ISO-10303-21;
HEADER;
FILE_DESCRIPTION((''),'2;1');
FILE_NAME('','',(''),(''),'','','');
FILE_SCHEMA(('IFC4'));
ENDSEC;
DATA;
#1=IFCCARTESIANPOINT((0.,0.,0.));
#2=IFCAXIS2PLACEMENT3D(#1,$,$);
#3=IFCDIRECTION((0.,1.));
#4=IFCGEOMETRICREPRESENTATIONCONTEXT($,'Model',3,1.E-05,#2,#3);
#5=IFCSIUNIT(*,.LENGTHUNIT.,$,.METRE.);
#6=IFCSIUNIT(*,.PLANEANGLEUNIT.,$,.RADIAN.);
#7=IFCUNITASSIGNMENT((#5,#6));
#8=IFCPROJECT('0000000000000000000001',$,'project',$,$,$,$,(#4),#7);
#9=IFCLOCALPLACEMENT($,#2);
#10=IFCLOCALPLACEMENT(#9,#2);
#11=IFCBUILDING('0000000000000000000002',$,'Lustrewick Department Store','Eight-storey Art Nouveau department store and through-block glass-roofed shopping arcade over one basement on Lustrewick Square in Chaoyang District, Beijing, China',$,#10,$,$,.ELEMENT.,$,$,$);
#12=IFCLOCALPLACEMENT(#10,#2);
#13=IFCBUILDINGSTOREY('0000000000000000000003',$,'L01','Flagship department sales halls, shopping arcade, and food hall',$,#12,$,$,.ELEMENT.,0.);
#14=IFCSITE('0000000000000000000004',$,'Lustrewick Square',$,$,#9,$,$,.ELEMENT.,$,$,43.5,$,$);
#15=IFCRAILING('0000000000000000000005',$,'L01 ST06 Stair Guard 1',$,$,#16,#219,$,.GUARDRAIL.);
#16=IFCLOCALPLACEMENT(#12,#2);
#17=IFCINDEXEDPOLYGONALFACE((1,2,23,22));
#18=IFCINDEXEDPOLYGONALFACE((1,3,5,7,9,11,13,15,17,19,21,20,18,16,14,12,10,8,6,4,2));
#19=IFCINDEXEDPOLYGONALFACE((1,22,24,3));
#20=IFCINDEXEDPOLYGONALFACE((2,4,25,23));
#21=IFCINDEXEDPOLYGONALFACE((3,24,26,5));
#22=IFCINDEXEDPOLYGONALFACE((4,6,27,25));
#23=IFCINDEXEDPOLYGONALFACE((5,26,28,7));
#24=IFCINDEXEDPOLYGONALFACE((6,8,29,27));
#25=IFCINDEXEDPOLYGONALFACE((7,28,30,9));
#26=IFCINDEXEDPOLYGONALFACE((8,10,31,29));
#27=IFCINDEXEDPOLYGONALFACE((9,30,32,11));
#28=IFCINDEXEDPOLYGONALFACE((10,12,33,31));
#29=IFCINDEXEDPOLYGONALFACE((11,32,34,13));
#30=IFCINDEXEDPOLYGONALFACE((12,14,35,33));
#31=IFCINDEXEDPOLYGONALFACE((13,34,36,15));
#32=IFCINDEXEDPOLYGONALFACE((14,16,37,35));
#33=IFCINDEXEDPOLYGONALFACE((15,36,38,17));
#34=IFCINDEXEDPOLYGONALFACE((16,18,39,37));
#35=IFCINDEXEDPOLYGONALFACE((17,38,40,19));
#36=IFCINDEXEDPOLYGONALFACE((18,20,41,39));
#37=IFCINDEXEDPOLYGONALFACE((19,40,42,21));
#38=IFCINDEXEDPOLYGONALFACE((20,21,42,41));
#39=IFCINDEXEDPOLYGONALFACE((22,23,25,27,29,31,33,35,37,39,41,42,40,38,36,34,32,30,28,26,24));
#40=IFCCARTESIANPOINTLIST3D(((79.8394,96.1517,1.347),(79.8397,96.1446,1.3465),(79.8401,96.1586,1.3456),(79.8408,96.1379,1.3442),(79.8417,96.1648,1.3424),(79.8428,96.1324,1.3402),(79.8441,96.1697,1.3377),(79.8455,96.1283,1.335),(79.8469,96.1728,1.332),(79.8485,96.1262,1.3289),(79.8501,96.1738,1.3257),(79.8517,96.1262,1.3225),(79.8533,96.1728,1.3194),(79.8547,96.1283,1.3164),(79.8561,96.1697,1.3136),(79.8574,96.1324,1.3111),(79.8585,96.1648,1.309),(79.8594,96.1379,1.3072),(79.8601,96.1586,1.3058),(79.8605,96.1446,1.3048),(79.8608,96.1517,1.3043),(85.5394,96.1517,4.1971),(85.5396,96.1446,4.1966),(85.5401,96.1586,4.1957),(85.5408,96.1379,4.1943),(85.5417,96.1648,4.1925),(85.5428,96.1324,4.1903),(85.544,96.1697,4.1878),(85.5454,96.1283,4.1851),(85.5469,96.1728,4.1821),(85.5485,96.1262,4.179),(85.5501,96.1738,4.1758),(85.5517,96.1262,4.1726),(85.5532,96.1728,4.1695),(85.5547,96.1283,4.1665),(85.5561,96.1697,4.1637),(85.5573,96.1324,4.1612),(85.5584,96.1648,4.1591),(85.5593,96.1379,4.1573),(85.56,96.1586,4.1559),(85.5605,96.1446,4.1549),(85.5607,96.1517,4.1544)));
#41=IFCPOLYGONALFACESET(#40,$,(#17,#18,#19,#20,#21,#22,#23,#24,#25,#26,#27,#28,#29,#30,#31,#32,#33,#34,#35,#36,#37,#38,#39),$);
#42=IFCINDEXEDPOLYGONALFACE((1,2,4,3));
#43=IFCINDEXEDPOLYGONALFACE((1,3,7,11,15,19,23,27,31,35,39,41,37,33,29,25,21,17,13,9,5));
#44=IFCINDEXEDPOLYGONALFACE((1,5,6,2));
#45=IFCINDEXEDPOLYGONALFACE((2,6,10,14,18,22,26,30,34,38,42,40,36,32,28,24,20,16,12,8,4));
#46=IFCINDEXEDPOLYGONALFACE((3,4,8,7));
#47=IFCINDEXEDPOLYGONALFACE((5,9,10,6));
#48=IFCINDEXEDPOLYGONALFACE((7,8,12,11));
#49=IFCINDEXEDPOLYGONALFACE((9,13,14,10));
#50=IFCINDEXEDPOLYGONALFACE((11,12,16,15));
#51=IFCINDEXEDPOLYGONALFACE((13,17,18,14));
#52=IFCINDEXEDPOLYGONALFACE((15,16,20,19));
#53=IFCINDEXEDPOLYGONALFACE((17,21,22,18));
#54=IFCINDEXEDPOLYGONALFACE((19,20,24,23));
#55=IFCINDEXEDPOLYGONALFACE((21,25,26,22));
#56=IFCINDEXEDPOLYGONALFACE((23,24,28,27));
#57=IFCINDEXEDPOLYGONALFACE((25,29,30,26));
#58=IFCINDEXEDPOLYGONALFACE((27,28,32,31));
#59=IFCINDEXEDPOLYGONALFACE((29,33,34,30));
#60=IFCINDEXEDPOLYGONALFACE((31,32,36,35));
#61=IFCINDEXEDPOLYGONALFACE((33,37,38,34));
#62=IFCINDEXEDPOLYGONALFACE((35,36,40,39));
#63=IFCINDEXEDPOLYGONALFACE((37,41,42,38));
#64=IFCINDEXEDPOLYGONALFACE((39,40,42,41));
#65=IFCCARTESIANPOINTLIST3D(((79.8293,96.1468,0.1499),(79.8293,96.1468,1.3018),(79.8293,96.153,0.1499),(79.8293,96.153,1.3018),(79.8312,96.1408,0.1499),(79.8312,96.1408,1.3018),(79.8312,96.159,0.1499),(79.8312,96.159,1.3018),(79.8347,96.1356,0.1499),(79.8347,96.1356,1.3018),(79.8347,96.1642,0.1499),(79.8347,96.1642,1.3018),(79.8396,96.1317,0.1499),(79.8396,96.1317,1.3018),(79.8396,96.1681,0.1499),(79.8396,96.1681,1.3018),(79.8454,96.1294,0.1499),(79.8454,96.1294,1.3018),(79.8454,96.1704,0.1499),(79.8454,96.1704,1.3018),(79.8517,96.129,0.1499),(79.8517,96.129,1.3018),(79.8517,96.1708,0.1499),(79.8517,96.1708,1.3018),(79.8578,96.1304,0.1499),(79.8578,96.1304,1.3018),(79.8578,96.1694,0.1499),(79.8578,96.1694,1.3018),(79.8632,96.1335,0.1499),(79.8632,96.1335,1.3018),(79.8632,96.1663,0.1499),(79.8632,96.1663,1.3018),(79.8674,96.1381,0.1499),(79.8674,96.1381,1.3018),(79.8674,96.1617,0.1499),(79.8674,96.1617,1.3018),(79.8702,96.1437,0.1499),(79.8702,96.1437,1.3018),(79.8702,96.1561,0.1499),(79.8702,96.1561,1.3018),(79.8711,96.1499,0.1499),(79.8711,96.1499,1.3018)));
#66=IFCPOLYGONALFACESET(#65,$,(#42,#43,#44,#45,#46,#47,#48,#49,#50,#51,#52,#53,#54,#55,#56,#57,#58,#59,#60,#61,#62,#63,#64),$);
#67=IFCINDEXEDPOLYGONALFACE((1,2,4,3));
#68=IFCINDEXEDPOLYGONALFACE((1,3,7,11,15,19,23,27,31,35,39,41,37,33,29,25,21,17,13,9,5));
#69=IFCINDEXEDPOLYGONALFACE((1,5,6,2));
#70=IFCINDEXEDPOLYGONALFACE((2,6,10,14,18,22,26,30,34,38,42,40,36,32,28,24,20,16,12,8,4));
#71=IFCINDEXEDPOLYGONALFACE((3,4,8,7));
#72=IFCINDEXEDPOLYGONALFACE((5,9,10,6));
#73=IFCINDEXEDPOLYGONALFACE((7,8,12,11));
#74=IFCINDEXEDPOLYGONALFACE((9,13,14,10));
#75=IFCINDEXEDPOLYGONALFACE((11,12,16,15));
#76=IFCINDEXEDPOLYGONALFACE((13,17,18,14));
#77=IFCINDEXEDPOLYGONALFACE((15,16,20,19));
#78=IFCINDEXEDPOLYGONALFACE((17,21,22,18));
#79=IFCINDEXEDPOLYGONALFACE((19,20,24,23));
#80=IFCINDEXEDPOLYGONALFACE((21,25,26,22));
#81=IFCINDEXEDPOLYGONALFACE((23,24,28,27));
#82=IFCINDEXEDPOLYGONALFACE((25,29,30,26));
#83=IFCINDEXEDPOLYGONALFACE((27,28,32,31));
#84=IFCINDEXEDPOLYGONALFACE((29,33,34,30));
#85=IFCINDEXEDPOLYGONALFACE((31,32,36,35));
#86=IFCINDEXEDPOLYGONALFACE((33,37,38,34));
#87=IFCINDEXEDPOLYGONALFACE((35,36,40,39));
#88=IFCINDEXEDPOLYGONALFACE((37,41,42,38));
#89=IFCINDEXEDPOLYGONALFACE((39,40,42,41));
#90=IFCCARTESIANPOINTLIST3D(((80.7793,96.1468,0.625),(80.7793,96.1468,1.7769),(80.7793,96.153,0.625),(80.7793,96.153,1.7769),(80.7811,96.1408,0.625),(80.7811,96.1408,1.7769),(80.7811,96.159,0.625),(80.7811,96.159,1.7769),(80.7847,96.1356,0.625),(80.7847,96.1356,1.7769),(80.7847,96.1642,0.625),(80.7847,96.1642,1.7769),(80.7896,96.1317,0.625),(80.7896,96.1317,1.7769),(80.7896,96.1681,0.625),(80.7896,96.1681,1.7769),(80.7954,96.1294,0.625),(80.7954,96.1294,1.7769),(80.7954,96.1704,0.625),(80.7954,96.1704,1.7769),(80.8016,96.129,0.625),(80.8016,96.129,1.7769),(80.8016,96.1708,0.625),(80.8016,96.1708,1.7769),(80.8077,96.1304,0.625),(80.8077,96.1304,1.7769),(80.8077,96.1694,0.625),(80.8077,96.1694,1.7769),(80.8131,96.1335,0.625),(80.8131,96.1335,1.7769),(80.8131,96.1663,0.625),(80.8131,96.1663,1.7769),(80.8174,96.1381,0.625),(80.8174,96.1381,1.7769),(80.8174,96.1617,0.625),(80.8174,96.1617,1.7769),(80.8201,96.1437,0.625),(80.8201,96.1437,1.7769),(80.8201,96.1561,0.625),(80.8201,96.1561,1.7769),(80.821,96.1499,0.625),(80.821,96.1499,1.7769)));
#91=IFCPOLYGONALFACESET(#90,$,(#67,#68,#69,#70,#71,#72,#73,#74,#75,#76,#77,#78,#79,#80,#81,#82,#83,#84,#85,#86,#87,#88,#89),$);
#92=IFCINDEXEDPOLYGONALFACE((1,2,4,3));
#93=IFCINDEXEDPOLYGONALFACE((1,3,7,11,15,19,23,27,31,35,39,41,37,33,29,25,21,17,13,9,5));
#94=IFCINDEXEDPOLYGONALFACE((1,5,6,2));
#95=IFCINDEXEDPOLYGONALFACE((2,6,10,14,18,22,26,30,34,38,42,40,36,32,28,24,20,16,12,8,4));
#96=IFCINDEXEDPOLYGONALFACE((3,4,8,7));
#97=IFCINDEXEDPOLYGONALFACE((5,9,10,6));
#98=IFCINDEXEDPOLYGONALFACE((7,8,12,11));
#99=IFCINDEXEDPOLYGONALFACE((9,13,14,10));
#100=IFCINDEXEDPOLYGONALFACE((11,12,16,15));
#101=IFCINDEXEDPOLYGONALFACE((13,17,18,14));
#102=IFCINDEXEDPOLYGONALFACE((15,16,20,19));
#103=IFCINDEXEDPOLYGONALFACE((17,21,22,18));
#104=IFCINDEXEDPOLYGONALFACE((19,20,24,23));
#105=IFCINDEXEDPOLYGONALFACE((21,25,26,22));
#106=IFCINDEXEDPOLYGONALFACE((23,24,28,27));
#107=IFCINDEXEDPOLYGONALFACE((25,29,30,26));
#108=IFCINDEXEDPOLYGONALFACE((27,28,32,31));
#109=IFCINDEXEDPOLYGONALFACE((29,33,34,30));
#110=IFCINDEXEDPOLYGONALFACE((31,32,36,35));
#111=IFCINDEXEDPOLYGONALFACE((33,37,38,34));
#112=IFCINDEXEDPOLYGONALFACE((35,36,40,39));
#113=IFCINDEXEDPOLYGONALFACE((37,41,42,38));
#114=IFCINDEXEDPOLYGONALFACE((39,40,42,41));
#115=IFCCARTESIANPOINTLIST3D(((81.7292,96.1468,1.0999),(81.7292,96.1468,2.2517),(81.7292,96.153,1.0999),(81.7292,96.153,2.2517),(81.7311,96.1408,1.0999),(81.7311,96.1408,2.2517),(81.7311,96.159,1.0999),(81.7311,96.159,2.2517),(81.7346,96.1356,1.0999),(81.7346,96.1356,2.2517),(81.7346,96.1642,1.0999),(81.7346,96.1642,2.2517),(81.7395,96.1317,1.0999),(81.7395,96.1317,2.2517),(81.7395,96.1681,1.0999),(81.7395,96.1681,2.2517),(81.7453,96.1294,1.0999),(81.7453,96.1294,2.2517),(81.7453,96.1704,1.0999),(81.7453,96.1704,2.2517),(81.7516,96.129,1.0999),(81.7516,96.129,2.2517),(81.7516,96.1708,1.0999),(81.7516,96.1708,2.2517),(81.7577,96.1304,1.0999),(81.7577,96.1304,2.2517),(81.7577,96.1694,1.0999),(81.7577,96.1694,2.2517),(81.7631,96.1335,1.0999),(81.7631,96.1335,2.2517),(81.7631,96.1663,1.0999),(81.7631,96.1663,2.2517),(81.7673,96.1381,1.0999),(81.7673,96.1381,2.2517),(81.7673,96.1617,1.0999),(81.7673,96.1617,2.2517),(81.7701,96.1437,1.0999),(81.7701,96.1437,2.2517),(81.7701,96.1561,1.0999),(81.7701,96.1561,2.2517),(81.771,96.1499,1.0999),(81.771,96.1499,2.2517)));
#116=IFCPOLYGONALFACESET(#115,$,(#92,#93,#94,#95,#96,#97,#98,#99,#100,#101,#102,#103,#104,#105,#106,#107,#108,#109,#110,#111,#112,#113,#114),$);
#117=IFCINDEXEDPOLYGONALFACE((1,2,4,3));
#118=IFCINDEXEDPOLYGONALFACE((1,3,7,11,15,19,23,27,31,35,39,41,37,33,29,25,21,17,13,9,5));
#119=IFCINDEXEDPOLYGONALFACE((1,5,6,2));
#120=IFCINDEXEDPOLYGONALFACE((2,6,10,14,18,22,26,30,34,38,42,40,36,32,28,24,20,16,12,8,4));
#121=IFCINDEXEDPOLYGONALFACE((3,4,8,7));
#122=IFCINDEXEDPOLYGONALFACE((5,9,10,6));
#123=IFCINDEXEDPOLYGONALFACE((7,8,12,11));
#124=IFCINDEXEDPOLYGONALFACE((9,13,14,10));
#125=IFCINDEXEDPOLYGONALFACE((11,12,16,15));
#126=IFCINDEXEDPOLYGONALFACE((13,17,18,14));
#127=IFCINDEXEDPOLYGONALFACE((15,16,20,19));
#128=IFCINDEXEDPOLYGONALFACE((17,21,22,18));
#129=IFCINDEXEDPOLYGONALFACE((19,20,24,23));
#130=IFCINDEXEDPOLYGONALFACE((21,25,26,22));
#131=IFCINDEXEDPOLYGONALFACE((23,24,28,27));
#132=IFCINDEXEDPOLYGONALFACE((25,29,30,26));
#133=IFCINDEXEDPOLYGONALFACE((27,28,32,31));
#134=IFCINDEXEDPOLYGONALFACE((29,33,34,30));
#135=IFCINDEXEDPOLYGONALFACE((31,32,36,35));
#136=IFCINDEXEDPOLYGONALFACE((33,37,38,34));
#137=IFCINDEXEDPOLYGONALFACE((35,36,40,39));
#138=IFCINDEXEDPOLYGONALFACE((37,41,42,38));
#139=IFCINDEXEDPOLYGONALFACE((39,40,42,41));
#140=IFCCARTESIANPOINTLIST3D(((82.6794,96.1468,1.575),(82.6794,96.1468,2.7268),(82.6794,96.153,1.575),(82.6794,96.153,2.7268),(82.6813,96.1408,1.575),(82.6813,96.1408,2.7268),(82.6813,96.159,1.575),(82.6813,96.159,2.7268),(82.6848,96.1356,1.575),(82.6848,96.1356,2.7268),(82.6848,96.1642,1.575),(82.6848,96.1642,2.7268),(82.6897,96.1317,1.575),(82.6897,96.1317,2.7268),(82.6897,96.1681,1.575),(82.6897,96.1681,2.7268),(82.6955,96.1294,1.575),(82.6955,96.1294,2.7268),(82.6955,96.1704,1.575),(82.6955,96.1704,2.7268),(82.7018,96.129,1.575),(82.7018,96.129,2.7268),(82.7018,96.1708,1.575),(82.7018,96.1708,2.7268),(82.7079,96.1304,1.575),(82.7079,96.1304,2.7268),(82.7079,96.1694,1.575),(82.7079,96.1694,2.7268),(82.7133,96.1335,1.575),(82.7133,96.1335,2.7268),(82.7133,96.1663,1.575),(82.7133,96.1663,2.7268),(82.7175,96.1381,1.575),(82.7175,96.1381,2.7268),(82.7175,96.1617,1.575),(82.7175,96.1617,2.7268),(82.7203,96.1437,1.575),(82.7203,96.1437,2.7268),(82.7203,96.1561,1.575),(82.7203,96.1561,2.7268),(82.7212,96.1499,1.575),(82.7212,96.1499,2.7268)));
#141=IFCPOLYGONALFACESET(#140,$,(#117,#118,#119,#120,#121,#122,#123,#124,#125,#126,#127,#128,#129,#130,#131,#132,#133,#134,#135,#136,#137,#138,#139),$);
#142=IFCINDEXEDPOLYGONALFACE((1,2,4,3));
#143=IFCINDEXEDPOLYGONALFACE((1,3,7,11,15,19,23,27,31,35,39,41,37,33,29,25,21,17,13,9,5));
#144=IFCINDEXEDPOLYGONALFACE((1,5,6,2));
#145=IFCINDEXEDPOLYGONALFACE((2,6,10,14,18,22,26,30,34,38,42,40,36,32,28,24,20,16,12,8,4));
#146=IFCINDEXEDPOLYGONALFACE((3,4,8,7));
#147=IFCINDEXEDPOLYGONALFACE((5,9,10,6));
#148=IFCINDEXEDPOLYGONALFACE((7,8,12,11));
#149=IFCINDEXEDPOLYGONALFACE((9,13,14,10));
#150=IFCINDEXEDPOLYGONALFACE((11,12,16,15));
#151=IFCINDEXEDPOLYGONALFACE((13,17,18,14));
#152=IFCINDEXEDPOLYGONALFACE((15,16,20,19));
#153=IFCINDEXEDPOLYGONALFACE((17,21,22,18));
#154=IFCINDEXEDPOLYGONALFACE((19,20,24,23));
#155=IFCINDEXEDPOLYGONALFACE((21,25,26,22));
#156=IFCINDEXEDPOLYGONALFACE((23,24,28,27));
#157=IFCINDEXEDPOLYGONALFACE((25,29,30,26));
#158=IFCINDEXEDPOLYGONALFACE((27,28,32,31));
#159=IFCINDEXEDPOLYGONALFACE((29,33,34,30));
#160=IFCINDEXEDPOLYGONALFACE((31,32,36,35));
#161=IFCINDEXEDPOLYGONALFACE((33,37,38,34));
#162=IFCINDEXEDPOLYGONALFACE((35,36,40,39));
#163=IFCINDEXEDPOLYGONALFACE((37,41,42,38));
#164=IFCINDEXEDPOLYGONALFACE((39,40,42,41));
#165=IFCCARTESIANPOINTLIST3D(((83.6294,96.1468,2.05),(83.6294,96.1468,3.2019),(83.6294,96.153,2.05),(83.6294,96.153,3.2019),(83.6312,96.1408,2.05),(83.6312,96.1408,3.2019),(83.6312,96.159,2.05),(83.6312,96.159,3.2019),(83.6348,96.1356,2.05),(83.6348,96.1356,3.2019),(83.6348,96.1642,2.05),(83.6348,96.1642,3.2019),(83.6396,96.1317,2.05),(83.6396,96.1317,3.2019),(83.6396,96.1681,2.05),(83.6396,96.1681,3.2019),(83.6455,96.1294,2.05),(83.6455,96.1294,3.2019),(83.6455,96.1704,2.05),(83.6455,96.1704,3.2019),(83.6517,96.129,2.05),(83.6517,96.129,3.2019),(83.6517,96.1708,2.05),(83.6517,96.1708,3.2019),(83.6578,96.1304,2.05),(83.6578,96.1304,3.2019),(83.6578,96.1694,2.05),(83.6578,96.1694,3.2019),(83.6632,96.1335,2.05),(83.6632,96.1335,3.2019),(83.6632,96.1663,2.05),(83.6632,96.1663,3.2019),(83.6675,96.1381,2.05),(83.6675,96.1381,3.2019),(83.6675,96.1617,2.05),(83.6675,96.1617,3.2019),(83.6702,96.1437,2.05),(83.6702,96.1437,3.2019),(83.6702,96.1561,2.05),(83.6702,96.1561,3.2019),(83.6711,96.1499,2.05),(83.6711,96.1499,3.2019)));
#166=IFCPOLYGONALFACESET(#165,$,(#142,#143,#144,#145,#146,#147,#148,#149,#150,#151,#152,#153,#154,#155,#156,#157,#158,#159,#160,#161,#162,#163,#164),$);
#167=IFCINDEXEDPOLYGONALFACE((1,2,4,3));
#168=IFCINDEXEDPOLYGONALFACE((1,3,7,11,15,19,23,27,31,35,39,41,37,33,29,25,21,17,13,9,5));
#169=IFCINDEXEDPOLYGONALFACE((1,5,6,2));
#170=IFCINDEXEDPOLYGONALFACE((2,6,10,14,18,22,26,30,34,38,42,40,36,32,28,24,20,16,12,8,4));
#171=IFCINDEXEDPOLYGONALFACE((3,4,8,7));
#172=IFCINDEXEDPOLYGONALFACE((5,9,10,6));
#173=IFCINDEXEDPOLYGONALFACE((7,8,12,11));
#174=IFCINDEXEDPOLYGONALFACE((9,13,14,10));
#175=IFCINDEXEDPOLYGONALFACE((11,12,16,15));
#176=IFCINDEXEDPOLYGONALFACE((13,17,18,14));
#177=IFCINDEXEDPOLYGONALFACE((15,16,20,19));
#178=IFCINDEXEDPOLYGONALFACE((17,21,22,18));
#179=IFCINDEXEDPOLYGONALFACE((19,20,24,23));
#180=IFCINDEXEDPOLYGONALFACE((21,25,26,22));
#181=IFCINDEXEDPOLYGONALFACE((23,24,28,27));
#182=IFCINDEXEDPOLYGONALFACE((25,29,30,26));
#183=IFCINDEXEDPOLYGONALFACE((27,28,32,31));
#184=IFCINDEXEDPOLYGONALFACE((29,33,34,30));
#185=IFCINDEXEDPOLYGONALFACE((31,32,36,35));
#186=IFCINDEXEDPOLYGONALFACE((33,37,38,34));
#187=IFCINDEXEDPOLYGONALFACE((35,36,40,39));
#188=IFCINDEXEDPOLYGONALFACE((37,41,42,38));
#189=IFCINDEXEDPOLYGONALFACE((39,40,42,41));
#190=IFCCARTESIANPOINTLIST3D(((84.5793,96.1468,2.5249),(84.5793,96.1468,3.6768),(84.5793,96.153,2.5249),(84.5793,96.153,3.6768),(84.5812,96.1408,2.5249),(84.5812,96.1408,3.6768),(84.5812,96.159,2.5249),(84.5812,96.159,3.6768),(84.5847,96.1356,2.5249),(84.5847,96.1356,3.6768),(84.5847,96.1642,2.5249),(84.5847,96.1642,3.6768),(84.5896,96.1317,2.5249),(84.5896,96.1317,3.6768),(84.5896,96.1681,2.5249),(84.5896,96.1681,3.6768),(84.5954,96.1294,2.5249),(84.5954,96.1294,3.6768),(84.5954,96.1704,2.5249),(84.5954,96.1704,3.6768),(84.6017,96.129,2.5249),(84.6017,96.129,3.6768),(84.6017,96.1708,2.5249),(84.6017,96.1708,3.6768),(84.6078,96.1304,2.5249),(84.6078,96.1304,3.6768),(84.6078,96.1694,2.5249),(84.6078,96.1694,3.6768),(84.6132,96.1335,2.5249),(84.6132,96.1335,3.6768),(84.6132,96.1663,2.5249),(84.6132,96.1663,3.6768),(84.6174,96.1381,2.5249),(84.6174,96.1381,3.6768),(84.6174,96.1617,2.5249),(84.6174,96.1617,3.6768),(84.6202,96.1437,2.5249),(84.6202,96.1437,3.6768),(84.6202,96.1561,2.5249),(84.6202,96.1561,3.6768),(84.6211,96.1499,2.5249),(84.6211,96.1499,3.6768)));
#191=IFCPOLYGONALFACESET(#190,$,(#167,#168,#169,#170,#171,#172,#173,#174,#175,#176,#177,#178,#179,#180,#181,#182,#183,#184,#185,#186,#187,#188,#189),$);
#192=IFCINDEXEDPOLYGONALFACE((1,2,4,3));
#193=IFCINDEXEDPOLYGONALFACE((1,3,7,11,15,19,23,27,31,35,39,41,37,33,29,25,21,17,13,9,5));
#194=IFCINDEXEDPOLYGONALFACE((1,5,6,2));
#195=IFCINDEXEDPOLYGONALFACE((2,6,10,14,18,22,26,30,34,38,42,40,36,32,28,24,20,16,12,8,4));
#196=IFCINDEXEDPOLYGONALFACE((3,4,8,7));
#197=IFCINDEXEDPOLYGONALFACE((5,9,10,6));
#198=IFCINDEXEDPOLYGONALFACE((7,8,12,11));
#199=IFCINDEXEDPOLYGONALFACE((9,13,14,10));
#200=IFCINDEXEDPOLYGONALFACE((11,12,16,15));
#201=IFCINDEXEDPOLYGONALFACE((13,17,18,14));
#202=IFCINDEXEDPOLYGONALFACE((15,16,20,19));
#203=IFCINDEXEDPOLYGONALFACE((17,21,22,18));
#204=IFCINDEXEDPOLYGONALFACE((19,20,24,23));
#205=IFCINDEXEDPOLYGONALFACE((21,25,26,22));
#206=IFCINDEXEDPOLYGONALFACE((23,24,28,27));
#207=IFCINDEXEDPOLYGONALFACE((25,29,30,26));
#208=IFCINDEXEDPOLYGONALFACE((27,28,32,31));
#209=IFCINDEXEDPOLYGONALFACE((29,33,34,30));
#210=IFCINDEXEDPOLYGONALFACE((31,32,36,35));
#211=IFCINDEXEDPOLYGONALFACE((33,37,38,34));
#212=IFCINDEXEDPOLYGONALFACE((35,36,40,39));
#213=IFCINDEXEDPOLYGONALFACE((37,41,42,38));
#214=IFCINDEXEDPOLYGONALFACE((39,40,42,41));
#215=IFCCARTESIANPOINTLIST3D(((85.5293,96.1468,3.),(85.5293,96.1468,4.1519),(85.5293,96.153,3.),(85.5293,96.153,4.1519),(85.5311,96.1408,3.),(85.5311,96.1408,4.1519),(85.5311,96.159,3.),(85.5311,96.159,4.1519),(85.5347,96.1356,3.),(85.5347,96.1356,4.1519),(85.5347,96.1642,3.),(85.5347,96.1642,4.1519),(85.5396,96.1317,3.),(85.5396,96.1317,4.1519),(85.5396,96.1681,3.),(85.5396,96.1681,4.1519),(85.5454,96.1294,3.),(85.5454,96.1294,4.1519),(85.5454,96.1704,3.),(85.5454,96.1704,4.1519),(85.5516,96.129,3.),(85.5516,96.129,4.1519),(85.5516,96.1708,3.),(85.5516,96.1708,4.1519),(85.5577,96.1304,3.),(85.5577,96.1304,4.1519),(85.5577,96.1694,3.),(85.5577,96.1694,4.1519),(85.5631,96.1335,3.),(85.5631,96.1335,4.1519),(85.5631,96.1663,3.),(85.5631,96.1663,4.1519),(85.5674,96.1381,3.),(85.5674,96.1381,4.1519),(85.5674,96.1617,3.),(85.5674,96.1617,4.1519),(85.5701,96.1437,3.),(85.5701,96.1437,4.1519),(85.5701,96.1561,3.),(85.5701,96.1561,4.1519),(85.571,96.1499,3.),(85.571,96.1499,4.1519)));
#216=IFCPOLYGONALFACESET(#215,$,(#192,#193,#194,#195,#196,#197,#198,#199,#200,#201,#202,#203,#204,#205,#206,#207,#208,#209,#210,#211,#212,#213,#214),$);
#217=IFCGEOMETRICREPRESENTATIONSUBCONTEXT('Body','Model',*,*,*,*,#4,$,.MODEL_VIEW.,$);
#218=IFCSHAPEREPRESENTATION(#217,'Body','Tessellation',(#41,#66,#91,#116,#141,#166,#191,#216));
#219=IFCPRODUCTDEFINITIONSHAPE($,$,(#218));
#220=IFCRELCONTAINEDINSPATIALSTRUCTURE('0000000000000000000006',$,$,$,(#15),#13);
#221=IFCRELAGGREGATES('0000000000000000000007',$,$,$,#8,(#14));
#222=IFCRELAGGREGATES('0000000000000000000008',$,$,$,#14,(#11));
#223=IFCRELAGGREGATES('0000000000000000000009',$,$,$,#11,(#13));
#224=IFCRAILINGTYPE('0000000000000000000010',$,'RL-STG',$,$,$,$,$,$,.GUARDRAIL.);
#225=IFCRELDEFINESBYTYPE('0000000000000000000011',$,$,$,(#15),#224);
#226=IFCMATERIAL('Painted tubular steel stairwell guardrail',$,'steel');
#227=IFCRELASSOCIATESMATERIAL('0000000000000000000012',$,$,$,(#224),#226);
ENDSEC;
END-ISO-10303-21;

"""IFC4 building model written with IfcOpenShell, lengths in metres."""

from ifc_helpers import new_model, si_unit, direction, frame, origin, origin_2d, place, context, subcontext, project, spatial, circle, extrude, material, type_object, element, save


model = new_model("IFC4")

# Units and contexts
model_context = context("Model", 3, precision=1e-05, world=origin(), true_north=direction((0.0, 1.0)))
body_context = subcontext(model_context, "Body", "Model", "MODEL_VIEW")
ifc_project = project(units=[si_unit("LENGTHUNIT", "METRE"), si_unit("PLANEANGLEUNIT", "RADIAN")], contexts=[model_context])

# Site, building, storey
site_placement = place(None, origin())
site = spatial("IfcSite", under=ifc_project, at=site_placement, Name="Lustrewick Square", CompositionType="ELEMENT", RefElevation=43.5)
building_placement = place(site_placement, origin())
building = spatial("IfcBuilding", under=site, at=building_placement, Name="Lustrewick Department Store", Description="Eight-storey Art Nouveau department store and through-block glass-roofed shopping arcade over one basement on Lustrewick Square in Chaoyang District, Beijing, China", CompositionType="ELEMENT")
storey_placement = place(building_placement, origin())
storey = spatial("IfcBuildingStorey", under=building, at=storey_placement, Name="L01", Description="Flagship department sales halls, shopping arcade, and food hall", CompositionType="ELEMENT", Elevation=0.0)

# Railing
ifc_material_1 = material(Name="Painted tubular steel stairwell guardrail", Category="steel")
railing_type_1 = type_object("IfcRailingType", Name="RL-STG", PredefinedType="GUARDRAIL", material=ifc_material_1)
railing_1_placement = place(storey_placement, frame((79.8501, 96.1499, 0.1499)))
element("IfcRailing", 1, at=railing_1_placement, inside=storey, type_object=railing_type_1, Name="L01 ST06 Stair Guard 1", PredefinedType="GUARDRAIL", context=body_context, shape_type="SweptSolid", body=[
    extrude(circle(Radius=0.0239, at=origin_2d()), frame((0.0, 0.0, 1.1758), z_axis=(0.89442, 0.0, 0.447229), x_axis=(0.0, 1.0, 0.0)), (0.0, 0.0, 1.0), 6.3728),
    extrude(circle(Radius=0.021, at=origin_2d()), origin(), (0.0, 0.0, 1.0), 1.1519),
    extrude(circle(Radius=0.021, at=origin_2d()), frame((0.95, 0.0, 0.4751)), (0.0, 0.0, 1.0), 1.1519),
    extrude(circle(Radius=0.021, at=origin_2d()), frame((1.8999, 0.0, 0.95)), (0.0, 0.0, 1.0), 1.1519),
    extrude(circle(Radius=0.021, at=origin_2d()), frame((2.8501, 0.0, 1.425)), (0.0, 0.0, 1.0), 1.1519),
    extrude(circle(Radius=0.021, at=origin_2d()), frame((3.8, 0.0, 1.9001)), (0.0, 0.0, 1.0), 1.1519),
    extrude(circle(Radius=0.021, at=origin_2d()), frame((4.75, 0.0, 2.375)), (0.0, 0.0, 1.0), 1.1519),
    extrude(circle(Radius=0.021, at=origin_2d()), frame((5.7, 0.0, 2.8501)), (0.0, 0.0, 1.0), 1.1519),
])

save(model, "model.ifc")
